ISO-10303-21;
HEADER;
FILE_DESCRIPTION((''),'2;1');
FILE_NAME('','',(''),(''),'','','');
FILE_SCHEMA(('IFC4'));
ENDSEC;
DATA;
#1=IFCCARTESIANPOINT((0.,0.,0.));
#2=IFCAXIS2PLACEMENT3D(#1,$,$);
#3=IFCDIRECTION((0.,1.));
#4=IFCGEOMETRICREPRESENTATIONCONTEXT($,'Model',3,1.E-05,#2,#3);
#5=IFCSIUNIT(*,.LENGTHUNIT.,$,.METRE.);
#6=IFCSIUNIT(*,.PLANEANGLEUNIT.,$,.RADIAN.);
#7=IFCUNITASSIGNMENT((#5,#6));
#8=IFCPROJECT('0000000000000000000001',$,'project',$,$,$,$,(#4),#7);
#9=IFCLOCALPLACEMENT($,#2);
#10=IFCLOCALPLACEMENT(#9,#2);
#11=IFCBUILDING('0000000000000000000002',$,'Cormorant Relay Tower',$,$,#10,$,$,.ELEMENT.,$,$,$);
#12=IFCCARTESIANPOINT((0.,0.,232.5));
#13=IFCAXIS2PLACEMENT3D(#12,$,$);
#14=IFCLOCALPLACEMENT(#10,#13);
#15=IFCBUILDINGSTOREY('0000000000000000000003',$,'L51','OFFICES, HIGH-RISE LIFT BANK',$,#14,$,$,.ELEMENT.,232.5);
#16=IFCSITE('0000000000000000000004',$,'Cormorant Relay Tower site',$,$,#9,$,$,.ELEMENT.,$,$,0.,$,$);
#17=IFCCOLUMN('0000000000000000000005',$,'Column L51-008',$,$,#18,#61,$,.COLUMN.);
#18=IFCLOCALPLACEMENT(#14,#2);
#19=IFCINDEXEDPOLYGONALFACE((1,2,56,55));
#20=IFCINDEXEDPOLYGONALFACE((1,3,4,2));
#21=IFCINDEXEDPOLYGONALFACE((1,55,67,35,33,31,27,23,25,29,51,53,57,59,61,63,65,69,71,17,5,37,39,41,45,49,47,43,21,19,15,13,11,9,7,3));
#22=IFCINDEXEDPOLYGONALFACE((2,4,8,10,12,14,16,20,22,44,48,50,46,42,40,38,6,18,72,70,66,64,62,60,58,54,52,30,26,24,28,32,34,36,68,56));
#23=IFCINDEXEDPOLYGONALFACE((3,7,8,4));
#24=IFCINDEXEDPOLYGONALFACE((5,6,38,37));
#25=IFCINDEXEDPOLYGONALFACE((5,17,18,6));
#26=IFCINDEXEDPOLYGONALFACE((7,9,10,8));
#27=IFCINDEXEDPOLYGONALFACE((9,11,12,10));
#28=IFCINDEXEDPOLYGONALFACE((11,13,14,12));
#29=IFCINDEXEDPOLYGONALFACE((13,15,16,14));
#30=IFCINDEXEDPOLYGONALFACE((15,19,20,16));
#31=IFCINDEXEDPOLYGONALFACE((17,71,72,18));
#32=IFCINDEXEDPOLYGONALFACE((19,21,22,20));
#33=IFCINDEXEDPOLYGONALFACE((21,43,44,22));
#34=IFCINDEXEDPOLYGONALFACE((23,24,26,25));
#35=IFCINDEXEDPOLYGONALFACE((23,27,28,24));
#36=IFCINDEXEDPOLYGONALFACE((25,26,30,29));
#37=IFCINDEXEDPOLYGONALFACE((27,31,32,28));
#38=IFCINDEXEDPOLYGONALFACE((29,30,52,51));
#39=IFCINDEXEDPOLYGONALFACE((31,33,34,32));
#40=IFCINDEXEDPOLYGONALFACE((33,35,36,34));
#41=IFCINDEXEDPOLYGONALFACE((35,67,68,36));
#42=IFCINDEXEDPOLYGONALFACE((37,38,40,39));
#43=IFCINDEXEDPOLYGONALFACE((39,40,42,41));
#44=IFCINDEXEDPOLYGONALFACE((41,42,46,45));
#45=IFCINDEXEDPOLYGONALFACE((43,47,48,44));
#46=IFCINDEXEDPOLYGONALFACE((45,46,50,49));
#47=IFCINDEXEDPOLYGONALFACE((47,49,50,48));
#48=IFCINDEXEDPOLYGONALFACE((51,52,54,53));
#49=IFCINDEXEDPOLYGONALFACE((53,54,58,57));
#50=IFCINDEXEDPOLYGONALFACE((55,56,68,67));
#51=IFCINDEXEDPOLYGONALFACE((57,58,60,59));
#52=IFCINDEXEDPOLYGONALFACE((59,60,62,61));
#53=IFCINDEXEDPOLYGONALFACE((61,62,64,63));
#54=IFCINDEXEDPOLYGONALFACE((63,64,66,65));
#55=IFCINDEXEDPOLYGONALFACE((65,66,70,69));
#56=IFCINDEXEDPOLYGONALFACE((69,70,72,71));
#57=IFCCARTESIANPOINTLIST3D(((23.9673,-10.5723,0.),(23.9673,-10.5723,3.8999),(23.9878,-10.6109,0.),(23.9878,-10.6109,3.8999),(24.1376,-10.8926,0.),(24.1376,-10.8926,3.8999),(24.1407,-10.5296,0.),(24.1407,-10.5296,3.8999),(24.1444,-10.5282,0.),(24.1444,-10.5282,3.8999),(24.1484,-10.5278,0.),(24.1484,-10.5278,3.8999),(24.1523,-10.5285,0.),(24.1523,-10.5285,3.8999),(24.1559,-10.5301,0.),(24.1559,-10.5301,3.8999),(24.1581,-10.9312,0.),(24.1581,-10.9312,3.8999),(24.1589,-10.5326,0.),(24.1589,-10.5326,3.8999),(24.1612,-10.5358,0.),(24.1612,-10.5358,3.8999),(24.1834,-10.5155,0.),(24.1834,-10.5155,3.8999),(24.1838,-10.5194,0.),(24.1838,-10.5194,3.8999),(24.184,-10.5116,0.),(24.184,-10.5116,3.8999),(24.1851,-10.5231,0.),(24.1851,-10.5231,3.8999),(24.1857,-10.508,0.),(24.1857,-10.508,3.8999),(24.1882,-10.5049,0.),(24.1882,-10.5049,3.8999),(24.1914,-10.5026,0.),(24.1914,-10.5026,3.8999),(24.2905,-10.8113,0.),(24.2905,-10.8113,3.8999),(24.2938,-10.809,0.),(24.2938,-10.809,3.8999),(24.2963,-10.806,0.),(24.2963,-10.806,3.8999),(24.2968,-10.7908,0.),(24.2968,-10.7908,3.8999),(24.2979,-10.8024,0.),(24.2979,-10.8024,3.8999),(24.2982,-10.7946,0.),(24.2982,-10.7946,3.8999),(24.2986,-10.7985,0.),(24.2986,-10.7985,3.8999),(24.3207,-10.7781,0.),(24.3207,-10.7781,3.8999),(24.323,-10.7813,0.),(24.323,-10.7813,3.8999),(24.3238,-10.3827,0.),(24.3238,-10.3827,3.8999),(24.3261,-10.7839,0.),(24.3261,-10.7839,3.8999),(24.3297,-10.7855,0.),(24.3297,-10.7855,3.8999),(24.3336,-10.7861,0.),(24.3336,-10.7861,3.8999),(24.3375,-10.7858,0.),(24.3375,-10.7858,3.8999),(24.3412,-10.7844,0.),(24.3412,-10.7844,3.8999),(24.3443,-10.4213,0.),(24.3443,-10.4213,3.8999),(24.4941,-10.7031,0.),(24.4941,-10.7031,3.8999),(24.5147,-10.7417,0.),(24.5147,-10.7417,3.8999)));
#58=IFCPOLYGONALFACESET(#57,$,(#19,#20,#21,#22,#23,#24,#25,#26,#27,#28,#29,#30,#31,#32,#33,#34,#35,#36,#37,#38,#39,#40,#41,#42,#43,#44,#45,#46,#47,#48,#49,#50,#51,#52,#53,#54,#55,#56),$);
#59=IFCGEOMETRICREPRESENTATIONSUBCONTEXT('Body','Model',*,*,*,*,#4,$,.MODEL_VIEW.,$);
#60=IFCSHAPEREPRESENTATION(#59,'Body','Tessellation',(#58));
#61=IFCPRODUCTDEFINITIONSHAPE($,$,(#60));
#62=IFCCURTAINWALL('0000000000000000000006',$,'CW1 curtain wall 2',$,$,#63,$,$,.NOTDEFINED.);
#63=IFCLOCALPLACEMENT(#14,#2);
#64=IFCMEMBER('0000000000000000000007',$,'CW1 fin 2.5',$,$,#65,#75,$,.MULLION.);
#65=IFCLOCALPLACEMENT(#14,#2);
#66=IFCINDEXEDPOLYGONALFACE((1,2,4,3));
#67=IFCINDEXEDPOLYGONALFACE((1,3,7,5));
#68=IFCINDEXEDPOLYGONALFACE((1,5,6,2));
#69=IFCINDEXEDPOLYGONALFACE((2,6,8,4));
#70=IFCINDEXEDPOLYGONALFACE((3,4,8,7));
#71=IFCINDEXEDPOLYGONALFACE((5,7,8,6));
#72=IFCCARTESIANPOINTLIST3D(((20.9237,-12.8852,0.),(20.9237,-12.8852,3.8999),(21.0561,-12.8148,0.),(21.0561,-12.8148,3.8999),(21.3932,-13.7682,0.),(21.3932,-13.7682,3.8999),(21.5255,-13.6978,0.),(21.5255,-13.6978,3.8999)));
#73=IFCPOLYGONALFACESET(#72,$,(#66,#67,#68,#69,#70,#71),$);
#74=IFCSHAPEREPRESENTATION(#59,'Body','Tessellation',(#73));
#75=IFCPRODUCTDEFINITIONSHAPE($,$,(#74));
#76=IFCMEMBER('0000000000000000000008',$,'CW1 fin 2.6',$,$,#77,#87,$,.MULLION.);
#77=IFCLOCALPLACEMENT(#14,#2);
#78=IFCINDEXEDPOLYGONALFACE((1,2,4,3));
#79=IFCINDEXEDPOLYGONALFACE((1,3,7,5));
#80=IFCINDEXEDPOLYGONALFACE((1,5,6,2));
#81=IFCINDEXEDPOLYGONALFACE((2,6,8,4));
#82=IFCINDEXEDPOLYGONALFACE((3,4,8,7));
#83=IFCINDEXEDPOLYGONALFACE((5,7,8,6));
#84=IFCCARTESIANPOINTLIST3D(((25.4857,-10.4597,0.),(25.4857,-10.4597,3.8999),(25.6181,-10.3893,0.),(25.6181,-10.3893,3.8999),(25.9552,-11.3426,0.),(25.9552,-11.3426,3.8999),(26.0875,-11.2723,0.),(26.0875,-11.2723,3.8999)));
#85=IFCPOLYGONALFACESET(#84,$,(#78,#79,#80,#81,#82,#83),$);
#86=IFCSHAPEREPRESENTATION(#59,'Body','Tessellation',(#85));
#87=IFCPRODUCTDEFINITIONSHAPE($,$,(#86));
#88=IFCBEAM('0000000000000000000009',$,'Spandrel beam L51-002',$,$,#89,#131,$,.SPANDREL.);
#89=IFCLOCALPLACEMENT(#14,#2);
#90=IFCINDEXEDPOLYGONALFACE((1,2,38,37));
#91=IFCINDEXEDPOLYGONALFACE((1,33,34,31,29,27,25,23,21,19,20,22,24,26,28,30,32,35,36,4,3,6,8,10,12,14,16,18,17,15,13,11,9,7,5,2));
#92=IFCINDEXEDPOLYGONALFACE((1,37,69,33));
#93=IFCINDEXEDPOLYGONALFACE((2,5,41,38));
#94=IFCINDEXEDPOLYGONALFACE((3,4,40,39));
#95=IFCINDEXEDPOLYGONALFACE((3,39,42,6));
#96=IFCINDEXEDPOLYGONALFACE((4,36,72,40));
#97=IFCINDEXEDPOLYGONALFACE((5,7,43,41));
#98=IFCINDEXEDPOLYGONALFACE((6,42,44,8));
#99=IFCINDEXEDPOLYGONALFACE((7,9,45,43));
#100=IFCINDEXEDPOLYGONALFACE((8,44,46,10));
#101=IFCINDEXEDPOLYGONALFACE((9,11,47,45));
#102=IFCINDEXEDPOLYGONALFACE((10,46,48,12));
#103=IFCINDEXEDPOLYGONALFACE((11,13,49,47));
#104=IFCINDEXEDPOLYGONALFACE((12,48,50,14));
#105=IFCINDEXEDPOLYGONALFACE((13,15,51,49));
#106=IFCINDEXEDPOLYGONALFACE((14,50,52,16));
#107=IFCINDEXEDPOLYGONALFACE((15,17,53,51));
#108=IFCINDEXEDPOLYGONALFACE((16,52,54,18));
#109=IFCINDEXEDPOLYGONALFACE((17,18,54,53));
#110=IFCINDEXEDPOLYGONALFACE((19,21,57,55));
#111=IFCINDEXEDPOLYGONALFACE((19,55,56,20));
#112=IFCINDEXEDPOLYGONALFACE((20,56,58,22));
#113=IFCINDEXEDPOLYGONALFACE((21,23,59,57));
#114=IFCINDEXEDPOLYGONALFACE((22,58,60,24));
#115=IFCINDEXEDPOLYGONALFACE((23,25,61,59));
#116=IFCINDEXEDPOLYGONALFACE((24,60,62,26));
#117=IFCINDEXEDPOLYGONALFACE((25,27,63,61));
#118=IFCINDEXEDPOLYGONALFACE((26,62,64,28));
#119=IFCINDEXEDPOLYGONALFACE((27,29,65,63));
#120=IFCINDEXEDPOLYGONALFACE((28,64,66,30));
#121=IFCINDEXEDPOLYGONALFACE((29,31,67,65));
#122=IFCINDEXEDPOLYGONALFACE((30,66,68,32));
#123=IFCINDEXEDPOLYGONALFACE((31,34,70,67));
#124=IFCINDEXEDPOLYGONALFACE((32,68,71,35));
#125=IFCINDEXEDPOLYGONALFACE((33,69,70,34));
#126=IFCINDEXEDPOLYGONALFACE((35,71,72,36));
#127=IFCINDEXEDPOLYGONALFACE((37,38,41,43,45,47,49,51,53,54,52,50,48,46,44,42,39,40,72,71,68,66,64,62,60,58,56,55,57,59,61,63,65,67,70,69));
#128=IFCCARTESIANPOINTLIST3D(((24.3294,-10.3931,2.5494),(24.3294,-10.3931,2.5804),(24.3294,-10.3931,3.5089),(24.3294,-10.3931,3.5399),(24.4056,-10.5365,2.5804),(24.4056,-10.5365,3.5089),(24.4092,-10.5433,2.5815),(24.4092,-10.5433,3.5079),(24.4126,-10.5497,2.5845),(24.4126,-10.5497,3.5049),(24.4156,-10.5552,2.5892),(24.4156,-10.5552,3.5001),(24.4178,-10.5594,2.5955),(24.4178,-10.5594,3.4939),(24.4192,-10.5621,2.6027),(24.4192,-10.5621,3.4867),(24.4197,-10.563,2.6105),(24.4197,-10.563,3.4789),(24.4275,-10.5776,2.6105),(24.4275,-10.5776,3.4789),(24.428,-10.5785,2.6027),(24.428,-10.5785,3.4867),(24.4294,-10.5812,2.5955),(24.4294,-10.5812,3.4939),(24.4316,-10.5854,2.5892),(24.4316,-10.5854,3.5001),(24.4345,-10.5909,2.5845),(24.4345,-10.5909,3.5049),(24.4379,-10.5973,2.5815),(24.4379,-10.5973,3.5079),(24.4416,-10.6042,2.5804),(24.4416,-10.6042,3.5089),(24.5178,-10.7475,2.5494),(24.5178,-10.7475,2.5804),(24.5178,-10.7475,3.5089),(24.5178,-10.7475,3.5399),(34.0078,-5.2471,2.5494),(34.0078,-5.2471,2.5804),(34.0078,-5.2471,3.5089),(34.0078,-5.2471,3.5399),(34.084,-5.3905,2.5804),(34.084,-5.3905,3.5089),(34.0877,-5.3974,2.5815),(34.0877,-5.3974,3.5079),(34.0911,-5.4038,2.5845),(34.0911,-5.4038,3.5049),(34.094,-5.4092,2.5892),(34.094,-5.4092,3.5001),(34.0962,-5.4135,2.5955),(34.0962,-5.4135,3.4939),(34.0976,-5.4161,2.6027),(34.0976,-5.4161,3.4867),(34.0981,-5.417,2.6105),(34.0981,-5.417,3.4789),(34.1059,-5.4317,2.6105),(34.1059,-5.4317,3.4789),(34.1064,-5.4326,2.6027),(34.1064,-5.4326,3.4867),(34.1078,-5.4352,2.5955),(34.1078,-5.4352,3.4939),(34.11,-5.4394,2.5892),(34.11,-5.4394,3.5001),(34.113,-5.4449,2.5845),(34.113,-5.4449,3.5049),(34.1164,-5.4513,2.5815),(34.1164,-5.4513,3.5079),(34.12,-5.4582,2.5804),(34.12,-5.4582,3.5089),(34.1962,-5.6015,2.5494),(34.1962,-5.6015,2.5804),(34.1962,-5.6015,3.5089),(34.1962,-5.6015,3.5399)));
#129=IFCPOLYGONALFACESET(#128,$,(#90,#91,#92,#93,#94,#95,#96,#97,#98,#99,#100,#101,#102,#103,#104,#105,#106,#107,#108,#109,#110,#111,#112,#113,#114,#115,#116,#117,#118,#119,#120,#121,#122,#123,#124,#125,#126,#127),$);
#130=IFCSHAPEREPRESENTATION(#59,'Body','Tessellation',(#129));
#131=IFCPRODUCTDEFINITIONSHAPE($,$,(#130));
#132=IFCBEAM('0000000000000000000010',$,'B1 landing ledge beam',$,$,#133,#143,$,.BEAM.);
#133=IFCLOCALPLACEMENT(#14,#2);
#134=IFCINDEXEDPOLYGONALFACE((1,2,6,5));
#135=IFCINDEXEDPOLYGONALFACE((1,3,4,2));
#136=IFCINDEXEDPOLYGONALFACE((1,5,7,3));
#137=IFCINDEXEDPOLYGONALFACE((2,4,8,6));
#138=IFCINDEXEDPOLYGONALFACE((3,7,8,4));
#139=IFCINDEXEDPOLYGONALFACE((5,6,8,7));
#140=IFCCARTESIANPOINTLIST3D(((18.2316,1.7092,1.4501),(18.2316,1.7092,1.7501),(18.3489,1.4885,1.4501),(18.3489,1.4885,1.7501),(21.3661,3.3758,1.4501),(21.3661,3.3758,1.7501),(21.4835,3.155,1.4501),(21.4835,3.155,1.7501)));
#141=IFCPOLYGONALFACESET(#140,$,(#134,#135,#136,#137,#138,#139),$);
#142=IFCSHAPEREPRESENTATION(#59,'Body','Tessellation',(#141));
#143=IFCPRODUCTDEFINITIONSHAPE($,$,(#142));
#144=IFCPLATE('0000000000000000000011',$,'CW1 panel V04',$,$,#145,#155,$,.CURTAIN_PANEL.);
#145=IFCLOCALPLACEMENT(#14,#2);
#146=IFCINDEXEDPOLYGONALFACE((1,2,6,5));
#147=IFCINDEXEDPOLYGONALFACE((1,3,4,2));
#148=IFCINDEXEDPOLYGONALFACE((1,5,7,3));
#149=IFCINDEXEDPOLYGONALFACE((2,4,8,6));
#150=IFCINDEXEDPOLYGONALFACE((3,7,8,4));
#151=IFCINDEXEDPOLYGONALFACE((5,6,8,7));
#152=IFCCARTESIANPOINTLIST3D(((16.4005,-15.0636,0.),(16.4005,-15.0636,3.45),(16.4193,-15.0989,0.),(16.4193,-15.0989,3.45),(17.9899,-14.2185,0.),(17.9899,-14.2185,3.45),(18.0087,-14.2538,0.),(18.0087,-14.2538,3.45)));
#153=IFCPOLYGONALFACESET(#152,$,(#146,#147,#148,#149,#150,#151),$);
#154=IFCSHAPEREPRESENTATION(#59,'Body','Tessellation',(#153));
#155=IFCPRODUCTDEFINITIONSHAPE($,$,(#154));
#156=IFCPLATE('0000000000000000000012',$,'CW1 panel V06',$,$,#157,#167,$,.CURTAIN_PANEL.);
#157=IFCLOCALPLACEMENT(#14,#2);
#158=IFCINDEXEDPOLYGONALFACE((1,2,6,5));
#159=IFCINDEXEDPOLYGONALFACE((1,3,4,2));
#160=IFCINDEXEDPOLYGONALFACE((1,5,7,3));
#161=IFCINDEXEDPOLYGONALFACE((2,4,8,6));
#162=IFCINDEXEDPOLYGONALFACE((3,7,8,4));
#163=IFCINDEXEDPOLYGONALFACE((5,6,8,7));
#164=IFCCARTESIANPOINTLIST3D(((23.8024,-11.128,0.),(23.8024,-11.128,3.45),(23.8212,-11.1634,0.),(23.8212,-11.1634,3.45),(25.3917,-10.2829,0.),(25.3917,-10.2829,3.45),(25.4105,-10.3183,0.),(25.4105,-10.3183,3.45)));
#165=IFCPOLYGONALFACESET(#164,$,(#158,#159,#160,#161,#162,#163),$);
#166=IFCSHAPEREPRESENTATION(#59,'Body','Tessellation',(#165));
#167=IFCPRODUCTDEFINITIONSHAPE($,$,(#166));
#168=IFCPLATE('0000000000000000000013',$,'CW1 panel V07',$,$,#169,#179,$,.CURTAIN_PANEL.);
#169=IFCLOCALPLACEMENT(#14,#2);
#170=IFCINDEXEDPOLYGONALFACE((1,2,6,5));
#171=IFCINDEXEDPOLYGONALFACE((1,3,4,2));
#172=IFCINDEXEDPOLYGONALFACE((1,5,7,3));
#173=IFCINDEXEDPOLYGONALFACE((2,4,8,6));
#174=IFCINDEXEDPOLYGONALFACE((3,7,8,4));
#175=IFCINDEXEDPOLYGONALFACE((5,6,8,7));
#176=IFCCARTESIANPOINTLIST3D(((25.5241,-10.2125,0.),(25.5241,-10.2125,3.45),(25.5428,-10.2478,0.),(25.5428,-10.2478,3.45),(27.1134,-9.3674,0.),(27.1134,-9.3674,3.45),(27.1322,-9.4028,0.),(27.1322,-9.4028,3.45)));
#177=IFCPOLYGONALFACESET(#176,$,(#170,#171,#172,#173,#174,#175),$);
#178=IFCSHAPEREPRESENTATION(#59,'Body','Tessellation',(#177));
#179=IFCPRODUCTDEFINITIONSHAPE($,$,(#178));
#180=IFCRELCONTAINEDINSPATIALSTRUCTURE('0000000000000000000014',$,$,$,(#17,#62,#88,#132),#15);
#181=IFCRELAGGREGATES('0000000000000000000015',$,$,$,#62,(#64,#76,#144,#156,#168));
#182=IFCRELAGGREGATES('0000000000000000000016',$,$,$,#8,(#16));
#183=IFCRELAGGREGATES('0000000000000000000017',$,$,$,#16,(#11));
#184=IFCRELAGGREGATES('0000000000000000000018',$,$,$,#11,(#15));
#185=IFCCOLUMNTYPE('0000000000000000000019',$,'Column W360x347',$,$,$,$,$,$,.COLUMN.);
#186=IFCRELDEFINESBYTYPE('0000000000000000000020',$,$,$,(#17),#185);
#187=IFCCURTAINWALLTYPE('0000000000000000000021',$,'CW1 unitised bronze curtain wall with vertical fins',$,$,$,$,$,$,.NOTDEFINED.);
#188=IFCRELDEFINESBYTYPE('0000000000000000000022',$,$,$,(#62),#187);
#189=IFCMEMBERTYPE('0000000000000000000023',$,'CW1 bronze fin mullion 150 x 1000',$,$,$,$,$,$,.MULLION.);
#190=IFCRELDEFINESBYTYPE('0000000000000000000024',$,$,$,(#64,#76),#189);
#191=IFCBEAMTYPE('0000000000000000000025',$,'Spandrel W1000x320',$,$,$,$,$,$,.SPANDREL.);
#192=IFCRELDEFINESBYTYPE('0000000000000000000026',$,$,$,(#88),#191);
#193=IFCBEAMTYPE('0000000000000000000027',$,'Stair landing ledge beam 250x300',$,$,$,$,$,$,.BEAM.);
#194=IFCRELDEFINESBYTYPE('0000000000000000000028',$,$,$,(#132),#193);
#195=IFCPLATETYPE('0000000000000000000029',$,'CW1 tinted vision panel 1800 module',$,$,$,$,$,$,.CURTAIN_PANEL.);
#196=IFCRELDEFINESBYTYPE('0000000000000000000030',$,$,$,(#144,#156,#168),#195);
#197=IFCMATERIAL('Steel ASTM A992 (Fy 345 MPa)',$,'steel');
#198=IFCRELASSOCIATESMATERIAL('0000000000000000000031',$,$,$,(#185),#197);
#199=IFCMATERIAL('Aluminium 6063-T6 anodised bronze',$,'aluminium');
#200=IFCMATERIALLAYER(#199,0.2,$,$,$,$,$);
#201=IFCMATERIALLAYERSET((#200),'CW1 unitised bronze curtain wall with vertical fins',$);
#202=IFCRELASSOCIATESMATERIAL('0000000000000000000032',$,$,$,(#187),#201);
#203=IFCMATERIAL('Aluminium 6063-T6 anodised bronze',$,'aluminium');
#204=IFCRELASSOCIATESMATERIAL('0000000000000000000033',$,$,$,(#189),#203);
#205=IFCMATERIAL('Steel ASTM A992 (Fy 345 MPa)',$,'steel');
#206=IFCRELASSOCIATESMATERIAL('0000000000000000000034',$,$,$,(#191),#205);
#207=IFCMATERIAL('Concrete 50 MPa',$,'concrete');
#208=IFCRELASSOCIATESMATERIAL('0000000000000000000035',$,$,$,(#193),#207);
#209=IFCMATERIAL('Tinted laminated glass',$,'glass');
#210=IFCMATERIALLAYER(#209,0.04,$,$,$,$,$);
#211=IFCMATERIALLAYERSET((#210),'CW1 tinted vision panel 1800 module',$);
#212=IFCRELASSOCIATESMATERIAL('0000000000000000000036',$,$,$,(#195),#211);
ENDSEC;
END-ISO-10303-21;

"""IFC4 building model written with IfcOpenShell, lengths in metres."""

from ifc_helpers import new_model, si_unit, direction, frame, origin, origin_2d, place, context, subcontext, project, spatial, rectangle, i_section, extrude, material, layer, layer_set, material_profile, profile_set, type_object, element, aggregate, save


model = new_model("IFC4")

# Units and contexts
model_context = context("Model", 3, precision=1e-05, world=origin(), true_north=direction((0.0, 1.0)))
body_context = subcontext(model_context, "Body", "Model", "MODEL_VIEW")
ifc_project = project(units=[si_unit("LENGTHUNIT", "METRE"), si_unit("PLANEANGLEUNIT", "RADIAN")], contexts=[model_context])

# Site, building, storey
site_placement = place(None, origin())
site = spatial("IfcSite", under=ifc_project, at=site_placement, Name="Cormorant Relay Tower site", CompositionType="ELEMENT", RefElevation=0.0)
building_placement = place(site_placement, origin())
building = spatial("IfcBuilding", under=site, at=building_placement, Name="Cormorant Relay Tower", CompositionType="ELEMENT")
storey_placement = place(building_placement, frame((0.0, 0.0, 232.5)))
storey = spatial("IfcBuildingStorey", under=building, at=storey_placement, Name="L51", Description="OFFICES, HIGH-RISE LIFT BANK", CompositionType="ELEMENT", Elevation=232.5)

# Column
ifc_material_1 = material(Name="Steel ASTM A992 (Fy 345 MPa)", Category="steel")
ifc_material_profile_1 = material_profile(ifc_material_1, i_section(OverallWidth=0.4038, OverallDepth=0.4065, WebThickness=0.0271, FlangeThickness=0.0437, FilletRadius=0.0151, at=origin_2d()), Name="W360x347")
ifc_profile_set_1 = profile_set([ifc_material_profile_1], Name="Steel ASTM A992 (Fy 345 MPa)")
column_type = type_object("IfcColumnType", Name="Column W360x347", PredefinedType="COLUMN", material=ifc_profile_set_1)
column_placement = place(storey_placement, frame((24.241, -10.657, 0.0), z_axis=(0.0, 0.0, 1.0), x_axis=(0.882948, 0.469472, 0.0)))
element("IfcColumn", 1, at=column_placement, inside=storey, type_object=column_type, Name="Column L51-008", PredefinedType="COLUMN", context=body_context, shape_type="SweptSolid", body=[
    extrude(i_section(OverallWidth=0.4038, OverallDepth=0.4065, WebThickness=0.0271, FlangeThickness=0.0437, FilletRadius=0.0151, at=origin_2d()), origin(), (0.0, 0.0, 1.0), 3.8999),
])

# Curtain wall, members
ifc_material_2 = material(Name="Aluminium 6063-T6 anodised bronze", Category="aluminium")
ifc_layer_1 = layer(ifc_material_2, 0.2)
ifc_layer_set_1 = layer_set([ifc_layer_1], Name="CW1 unitised bronze curtain wall with vertical fins")
curtain_wall_type = type_object("IfcCurtainWallType", Name="CW1 unitised bronze curtain wall with vertical fins", PredefinedType="NOTDEFINED", material=ifc_layer_set_1)
curtain_wall_placement = place(storey_placement, origin())
curtain_wall = element("IfcCurtainWall", 2, at=curtain_wall_placement, inside=storey, type_object=curtain_wall_type, Name="CW1 curtain wall 2", PredefinedType="NOTDEFINED")
ifc_material_3 = material(Name="Aluminium 6063-T6 anodised bronze", Category="aluminium")
ifc_material_profile_2 = material_profile(ifc_material_3, rectangle(XDim=0.1499, YDim=1.0, at=origin_2d()), Name="AL 150x1000")
ifc_profile_set_2 = profile_set([ifc_material_profile_2], Name="Aluminium 6063-T6 anodised bronze")
member_type = type_object("IfcMemberType", Name="CW1 bronze fin mullion 150 x 1000", PredefinedType="MULLION", material=ifc_profile_set_2)
member_1_placement = place(storey_placement, frame((21.2246, -13.2915, 0.0), z_axis=(0.0, 0.0, 1.0), x_axis=(0.882948, 0.469472, 0.0)))
member_1 = element("IfcMember", 3, at=member_1_placement, type_object=member_type, Name="CW1 fin 2.5", PredefinedType="MULLION", context=body_context, shape_type="SweptSolid", body=[
    extrude(rectangle(XDim=0.1499, YDim=1.0, at=origin_2d()), origin(), (0.0, 0.0, 1.0), 3.8999),
])
member_2_placement = place(storey_placement, frame((25.7866, -10.866, 0.0), z_axis=(0.0, 0.0, 1.0), x_axis=(0.882948, 0.469472, 0.0)))
member_2 = element("IfcMember", 4, at=member_2_placement, type_object=member_type, Name="CW1 fin 2.6", PredefinedType="MULLION", context=body_context, shape_type="SweptSolid", body=[
    extrude(rectangle(XDim=0.1499, YDim=1.0, at=origin_2d()), origin(), (0.0, 0.0, 1.0), 3.8999),
])

# Beams
ifc_material_4 = material(Name="Steel ASTM A992 (Fy 345 MPa)", Category="steel")
ifc_material_profile_3 = material_profile(ifc_material_4, i_section(OverallWidth=0.4014, OverallDepth=0.9905, WebThickness=0.0166, FlangeThickness=0.031, FilletRadius=0.03, at=origin_2d()), Name="W1000x320")
ifc_profile_set_3 = profile_set([ifc_material_profile_3], Name="Steel ASTM A992 (Fy 345 MPa)")
beam_type_1 = type_object("IfcBeamType", Name="Spandrel W1000x320", PredefinedType="SPANDREL", material=ifc_profile_set_3)
beam_1_placement = place(storey_placement, frame((24.4236, -10.5703, 3.0447), z_axis=(0.882953, 0.469462, 0.0), x_axis=(-0.469462, 0.882953, 0.0)))
element("IfcBeam", 5, at=beam_1_placement, inside=storey, type_object=beam_type_1, Name="Spandrel beam L51-002", PredefinedType="SPANDREL", context=body_context, shape_type="SweptSolid", body=[
    extrude(i_section(OverallWidth=0.4014, OverallDepth=0.9905, WebThickness=0.0166, FlangeThickness=0.031, FilletRadius=0.03, at=origin_2d()), origin(), (0.0, 0.0, 1.0), 10.9614),
])
ifc_material_5 = material(Name="Concrete 50 MPa", Category="concrete")
ifc_material_profile_4 = material_profile(ifc_material_5, rectangle(XDim=0.25, YDim=0.3, at=origin_2d()), Name="RC 250x300")
ifc_profile_set_4 = profile_set([ifc_material_profile_4], Name="Concrete 50 MPa")
beam_type_2 = type_object("IfcBeamType", Name="Stair landing ledge beam 250x300", PredefinedType="BEAM", material=ifc_profile_set_4)
beam_2_placement = place(storey_placement, frame((21.4248, 3.2654, 1.6001), z_axis=(-0.882965, -0.469438, 0.0), x_axis=(0.469438, -0.882965, 0.0)))
element("IfcBeam", 6, at=beam_2_placement, inside=storey, type_object=beam_type_2, Name="B1 landing ledge beam", PredefinedType="BEAM", context=body_context, shape_type="SweptSolid", body=[
    extrude(rectangle(XDim=0.25, YDim=0.3, at=origin_2d()), origin(), (0.0, 0.0, 1.0), 3.55),
])

# Plates
ifc_material_6 = material(Name="Tinted laminated glass", Category="glass")
ifc_layer_2 = layer(ifc_material_6, 0.04)
ifc_layer_set_2 = layer_set([ifc_layer_2], Name="CW1 tinted vision panel 1800 module")
plate_type = type_object("IfcPlateType", Name="CW1 tinted vision panel 1800 module", PredefinedType="CURTAIN_PANEL", material=ifc_layer_set_2)
plate_1_placement = place(storey_placement, frame((17.2046, -14.6587, 0.0), z_axis=(0.0, 0.0, 1.0), x_axis=(0.882948, 0.469472, 0.0)))
plate_1 = element("IfcPlate", 7, at=plate_1_placement, type_object=plate_type, Name="CW1 panel V04", PredefinedType="CURTAIN_PANEL", context=body_context, shape_type="SweptSolid", body=[
    extrude(rectangle(XDim=1.8, YDim=0.04, at=origin_2d()), origin(), (0.0, 0.0, 1.0), 3.45),
])
plate_2_placement = place(storey_placement, frame((24.6064, -10.7231, 0.0), z_axis=(0.0, 0.0, 1.0), x_axis=(0.882948, 0.469472, 0.0)))
plate_2 = element("IfcPlate", 8, at=plate_2_placement, type_object=plate_type, Name="CW1 panel V06", PredefinedType="CURTAIN_PANEL", context=body_context, shape_type="SweptSolid", body=[
    extrude(rectangle(XDim=1.8, YDim=0.04, at=origin_2d()), origin(), (0.0, 0.0, 1.0), 3.45),
])
plate_3_placement = place(storey_placement, frame((26.3281, -9.8076, 0.0), z_axis=(0.0, 0.0, 1.0), x_axis=(0.882948, 0.469472, 0.0)))
plate_3 = element("IfcPlate", 9, at=plate_3_placement, type_object=plate_type, Name="CW1 panel V07", PredefinedType="CURTAIN_PANEL", context=body_context, shape_type="SweptSolid", body=[
    extrude(rectangle(XDim=1.8, YDim=0.04, at=origin_2d()), origin(), (0.0, 0.0, 1.0), 3.45),
])

aggregate(curtain_wall, [member_1, member_2, plate_1, plate_2, plate_3])

save(model, "model.ifc")
